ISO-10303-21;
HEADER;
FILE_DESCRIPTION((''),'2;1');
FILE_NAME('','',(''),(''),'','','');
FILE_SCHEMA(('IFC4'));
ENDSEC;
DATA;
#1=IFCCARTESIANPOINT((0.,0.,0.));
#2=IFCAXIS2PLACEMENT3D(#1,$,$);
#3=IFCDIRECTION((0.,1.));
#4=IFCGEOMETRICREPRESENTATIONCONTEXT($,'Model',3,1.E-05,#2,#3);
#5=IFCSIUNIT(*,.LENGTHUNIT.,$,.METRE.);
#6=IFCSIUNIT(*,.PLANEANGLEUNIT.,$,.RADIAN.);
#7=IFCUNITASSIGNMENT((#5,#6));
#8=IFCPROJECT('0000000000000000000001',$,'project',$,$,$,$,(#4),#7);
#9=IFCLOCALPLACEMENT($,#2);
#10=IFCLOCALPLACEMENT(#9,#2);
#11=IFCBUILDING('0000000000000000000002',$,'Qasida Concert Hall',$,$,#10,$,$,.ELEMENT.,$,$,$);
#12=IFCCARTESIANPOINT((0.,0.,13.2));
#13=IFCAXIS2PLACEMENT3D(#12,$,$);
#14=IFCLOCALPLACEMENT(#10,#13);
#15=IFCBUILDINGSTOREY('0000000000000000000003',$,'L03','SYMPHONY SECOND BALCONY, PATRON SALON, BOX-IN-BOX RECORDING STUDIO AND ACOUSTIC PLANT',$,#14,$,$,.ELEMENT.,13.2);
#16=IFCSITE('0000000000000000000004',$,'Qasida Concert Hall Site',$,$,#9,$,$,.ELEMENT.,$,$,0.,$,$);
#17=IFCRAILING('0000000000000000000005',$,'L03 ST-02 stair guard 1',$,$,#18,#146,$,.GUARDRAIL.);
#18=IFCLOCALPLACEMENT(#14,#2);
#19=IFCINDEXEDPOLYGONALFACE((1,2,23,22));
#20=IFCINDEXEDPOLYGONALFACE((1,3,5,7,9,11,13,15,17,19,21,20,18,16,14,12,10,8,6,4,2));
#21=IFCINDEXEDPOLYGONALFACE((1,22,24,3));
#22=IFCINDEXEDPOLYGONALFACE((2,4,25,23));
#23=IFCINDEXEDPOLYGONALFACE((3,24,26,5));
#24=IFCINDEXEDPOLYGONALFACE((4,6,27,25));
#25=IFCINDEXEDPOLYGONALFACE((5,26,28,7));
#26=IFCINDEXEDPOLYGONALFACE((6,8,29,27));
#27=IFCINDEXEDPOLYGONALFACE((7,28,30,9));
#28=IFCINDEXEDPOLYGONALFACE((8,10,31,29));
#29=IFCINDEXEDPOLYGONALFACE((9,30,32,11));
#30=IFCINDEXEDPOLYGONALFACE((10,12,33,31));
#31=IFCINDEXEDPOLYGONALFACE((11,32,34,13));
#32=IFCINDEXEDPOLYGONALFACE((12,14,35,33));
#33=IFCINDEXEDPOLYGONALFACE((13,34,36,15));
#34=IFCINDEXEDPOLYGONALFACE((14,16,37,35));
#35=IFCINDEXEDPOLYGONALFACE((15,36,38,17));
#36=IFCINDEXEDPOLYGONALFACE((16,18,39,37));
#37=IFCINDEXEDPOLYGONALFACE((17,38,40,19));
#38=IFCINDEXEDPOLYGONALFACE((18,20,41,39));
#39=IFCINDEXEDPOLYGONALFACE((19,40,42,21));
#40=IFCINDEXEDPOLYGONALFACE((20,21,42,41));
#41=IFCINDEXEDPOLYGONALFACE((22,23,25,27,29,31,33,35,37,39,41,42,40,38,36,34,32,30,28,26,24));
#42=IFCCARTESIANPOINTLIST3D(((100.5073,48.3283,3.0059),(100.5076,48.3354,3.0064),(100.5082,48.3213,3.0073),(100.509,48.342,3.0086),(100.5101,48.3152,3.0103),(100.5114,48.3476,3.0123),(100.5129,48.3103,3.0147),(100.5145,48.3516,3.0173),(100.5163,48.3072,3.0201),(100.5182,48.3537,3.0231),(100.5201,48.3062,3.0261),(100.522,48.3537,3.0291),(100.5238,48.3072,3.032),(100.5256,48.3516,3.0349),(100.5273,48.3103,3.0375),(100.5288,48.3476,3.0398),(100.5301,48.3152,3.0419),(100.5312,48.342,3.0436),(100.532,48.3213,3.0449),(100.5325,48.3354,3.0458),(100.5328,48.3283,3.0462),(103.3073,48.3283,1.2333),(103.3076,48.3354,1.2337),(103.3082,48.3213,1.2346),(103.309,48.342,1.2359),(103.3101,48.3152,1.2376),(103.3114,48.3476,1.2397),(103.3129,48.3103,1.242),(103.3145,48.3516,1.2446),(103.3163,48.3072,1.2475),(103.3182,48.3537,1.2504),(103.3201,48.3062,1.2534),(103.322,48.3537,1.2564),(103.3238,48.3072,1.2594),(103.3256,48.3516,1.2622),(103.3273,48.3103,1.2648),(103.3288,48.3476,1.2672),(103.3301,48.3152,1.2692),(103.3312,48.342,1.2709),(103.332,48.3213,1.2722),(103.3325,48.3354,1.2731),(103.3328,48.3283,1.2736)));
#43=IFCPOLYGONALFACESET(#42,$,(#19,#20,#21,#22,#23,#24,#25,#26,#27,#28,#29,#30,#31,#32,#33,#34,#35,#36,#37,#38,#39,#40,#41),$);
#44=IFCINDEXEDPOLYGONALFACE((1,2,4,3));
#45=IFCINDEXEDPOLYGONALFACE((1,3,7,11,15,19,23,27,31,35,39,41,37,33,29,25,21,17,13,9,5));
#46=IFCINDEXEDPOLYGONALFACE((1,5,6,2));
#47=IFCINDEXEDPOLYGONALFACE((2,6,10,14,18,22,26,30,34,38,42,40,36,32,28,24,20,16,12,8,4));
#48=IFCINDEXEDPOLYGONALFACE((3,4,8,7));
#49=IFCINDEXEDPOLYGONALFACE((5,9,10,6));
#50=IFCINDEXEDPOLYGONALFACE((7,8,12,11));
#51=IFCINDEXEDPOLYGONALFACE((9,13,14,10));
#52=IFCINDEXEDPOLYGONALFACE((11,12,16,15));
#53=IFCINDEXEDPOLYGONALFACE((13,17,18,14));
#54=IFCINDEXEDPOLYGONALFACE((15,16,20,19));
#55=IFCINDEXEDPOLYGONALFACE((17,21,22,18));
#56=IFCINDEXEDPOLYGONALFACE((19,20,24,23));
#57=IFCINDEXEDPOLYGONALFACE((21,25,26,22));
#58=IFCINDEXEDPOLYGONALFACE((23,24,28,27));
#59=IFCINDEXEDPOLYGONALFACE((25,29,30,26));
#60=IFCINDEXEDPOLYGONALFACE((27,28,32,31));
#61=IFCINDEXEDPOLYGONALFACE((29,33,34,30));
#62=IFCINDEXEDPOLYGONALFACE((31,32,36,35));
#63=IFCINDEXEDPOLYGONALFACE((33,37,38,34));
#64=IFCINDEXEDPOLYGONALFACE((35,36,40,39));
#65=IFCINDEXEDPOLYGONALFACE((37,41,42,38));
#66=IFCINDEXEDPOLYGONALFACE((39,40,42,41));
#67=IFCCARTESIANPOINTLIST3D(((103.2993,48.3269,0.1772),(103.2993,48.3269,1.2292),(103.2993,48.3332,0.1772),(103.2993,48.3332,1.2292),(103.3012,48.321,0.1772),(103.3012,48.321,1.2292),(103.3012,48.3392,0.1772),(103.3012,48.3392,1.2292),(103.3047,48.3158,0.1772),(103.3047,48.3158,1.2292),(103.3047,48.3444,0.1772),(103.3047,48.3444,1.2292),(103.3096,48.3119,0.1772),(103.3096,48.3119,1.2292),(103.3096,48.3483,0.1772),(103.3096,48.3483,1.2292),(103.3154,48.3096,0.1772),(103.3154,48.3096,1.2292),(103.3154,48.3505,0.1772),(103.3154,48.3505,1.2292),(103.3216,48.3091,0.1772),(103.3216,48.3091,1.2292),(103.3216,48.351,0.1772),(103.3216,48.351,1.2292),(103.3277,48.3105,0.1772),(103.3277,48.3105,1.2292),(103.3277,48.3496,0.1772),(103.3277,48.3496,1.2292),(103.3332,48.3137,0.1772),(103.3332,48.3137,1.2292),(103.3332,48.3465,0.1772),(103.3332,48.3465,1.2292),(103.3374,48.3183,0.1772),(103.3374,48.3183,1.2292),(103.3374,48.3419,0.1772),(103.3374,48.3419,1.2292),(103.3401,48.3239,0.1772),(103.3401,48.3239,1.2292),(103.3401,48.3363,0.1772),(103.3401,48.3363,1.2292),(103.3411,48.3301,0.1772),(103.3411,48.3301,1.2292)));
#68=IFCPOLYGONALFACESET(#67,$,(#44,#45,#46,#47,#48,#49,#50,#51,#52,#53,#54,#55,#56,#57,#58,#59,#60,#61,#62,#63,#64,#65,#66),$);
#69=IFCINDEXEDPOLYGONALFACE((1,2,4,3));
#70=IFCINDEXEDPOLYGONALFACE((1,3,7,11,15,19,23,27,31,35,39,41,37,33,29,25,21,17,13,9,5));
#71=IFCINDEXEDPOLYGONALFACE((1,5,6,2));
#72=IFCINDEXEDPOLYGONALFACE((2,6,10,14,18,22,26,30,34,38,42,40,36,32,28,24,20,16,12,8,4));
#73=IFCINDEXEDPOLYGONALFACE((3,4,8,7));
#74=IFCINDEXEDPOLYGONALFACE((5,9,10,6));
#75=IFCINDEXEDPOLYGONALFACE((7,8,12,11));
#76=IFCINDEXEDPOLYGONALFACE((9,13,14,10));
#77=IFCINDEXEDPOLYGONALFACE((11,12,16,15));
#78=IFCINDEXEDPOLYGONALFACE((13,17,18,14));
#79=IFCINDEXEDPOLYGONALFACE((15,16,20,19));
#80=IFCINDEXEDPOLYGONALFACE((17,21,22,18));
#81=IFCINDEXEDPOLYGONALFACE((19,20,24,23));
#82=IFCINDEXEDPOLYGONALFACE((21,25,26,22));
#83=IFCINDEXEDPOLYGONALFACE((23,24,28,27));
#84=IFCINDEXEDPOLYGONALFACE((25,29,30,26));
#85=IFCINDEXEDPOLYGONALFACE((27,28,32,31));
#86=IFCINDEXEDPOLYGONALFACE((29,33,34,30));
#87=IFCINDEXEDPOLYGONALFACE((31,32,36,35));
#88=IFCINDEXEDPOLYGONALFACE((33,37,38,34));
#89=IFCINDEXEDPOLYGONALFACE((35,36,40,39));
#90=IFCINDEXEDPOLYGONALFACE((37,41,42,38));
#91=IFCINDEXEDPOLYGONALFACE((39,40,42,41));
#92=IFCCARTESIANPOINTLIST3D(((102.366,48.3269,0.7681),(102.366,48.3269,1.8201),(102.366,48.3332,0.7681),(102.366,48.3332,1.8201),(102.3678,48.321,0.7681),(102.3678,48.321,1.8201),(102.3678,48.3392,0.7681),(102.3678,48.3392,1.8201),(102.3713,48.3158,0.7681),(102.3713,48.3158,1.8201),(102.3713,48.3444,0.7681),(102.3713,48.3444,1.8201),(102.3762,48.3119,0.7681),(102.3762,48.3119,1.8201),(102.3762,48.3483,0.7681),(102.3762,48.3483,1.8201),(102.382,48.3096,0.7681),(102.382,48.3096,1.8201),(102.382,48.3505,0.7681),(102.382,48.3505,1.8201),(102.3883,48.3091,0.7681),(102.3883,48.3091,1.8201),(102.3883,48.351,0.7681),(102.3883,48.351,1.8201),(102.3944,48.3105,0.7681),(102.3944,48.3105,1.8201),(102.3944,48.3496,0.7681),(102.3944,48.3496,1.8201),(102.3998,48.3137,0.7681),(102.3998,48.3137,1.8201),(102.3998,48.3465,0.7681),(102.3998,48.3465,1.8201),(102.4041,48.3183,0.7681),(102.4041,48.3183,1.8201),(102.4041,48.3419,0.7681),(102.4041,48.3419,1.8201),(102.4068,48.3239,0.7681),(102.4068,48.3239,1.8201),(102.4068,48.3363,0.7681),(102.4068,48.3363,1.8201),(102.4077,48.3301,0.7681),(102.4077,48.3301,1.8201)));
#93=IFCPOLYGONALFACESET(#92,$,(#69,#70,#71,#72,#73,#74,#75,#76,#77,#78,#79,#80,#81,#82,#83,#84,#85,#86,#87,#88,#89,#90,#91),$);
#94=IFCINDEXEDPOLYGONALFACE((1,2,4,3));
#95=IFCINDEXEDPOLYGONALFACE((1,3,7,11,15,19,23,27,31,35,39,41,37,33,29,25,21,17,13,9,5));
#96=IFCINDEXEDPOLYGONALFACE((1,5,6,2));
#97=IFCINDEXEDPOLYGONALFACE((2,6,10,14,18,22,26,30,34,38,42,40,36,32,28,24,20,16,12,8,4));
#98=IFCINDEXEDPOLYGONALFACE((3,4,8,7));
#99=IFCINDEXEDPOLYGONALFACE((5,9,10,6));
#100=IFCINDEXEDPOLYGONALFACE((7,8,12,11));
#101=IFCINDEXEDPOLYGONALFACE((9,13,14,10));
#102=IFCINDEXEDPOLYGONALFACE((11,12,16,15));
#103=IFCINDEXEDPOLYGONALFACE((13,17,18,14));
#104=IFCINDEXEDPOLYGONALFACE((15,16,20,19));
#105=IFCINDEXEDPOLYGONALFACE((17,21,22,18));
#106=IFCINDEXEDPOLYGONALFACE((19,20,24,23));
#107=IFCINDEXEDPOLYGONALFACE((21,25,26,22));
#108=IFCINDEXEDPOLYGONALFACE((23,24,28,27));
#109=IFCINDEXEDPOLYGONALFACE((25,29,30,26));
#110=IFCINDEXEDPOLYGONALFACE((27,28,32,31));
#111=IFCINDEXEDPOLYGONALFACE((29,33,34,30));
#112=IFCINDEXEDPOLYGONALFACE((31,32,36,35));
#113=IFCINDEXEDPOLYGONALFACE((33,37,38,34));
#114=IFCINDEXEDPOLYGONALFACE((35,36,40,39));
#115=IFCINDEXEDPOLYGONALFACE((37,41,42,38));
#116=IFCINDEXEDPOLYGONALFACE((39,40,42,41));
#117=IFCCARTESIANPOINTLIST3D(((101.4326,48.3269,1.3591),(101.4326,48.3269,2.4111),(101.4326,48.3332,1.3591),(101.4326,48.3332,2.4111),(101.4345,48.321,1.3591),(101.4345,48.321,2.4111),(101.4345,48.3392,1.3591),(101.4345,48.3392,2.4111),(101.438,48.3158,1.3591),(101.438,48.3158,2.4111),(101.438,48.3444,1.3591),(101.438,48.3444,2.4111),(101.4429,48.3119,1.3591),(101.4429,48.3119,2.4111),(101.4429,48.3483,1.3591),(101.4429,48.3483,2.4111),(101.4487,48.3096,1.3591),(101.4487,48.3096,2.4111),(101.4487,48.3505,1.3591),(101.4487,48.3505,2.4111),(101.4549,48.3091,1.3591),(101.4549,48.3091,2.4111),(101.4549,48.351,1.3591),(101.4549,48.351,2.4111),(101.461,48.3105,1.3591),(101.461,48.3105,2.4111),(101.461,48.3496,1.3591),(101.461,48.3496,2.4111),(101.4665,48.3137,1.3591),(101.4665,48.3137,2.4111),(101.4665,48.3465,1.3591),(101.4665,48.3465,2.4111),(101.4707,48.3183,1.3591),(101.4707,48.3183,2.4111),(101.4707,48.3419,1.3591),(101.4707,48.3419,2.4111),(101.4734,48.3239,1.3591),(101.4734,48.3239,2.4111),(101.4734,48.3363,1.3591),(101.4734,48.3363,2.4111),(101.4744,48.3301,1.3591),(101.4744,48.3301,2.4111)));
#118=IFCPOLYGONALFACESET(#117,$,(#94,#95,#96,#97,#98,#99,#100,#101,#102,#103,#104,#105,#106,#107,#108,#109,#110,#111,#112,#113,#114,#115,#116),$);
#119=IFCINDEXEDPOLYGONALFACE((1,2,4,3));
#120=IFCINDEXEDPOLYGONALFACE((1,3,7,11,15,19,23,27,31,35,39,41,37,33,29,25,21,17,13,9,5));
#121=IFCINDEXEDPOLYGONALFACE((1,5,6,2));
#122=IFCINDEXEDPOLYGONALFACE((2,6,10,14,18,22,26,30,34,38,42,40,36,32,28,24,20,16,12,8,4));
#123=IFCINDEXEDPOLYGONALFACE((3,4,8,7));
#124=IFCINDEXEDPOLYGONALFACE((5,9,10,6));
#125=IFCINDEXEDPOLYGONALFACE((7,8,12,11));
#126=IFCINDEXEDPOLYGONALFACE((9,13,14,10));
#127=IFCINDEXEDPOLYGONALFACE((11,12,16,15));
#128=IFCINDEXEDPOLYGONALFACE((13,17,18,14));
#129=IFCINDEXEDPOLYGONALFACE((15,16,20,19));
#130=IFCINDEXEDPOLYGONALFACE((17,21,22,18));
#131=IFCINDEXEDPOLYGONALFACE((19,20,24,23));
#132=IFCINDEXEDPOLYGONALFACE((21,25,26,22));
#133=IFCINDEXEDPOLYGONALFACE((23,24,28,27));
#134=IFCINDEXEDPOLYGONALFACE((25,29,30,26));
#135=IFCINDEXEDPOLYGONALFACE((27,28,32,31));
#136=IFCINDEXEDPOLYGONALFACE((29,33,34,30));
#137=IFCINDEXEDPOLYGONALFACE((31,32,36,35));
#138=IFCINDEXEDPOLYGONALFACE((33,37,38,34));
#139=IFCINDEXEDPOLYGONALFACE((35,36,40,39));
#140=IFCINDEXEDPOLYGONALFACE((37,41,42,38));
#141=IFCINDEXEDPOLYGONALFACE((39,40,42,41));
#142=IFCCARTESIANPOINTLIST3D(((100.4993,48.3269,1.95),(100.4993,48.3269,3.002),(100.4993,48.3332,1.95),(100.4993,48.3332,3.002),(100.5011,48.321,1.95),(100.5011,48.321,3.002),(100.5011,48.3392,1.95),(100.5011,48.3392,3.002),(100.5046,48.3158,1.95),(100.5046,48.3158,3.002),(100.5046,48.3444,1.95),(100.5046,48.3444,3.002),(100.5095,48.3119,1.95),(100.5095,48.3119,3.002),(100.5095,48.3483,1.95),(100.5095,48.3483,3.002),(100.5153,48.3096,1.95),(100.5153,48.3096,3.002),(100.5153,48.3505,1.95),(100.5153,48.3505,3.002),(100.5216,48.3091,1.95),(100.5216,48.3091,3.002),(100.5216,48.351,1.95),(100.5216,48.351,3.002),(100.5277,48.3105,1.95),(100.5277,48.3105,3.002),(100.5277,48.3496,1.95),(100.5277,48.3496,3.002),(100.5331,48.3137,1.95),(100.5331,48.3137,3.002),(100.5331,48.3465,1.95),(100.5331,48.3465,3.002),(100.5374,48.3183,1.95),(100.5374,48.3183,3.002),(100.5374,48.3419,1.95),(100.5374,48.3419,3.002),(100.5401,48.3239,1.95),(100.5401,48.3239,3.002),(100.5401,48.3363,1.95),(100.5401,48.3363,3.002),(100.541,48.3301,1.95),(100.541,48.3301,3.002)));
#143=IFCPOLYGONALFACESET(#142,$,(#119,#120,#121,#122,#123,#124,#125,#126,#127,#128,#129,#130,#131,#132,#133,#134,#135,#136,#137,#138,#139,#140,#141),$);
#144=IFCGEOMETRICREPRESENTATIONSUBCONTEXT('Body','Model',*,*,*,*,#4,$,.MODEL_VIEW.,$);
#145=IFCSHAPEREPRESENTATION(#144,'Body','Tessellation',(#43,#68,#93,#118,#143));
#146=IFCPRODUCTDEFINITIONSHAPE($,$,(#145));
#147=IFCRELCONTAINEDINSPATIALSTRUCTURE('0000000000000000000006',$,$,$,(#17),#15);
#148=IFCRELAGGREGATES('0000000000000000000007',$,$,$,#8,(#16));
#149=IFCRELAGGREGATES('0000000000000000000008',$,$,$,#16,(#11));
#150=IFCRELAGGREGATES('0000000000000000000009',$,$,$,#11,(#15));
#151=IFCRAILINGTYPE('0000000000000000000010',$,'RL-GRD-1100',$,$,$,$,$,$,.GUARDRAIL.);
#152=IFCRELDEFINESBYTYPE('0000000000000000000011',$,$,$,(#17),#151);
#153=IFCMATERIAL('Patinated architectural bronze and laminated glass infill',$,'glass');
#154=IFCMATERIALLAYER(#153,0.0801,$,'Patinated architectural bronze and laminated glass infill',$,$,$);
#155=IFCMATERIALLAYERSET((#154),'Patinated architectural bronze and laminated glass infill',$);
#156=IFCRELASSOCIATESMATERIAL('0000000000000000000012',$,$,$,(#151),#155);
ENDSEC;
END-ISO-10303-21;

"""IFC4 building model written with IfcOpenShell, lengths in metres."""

from ifc_helpers import new_model, si_unit, direction, frame, origin, origin_2d, place, context, subcontext, project, spatial, circle, extrude, material, layer, layer_set, type_object, element, save


model = new_model("IFC4")

# Units and contexts
model_context = context("Model", 3, precision=1e-05, world=origin(), true_north=direction((0.0, 1.0)))
body_context = subcontext(model_context, "Body", "Model", "MODEL_VIEW")
ifc_project = project(units=[si_unit("LENGTHUNIT", "METRE"), si_unit("PLANEANGLEUNIT", "RADIAN")], contexts=[model_context])

# Site, building, storey
site_placement = place(None, origin())
site = spatial("IfcSite", under=ifc_project, at=site_placement, Name="Qasida Concert Hall Site", CompositionType="ELEMENT", RefElevation=0.0)
building_placement = place(site_placement, origin())
building = spatial("IfcBuilding", under=site, at=building_placement, Name="Qasida Concert Hall", CompositionType="ELEMENT")
storey_placement = place(building_placement, frame((0.0, 0.0, 13.2)))
storey = spatial("IfcBuildingStorey", under=building, at=storey_placement, Name="L03", Description="SYMPHONY SECOND BALCONY, PATRON SALON, BOX-IN-BOX RECORDING STUDIO AND ACOUSTIC PLANT", CompositionType="ELEMENT", Elevation=13.2)

# Railing
ifc_material_1 = material(Name="Patinated architectural bronze and laminated glass infill", Category="glass")
ifc_layer_1 = layer(ifc_material_1, 0.0801, Name="Patinated architectural bronze and laminated glass infill")
ifc_layer_set_1 = layer_set([ifc_layer_1], Name="Patinated architectural bronze and laminated glass infill")
railing_type_1 = type_object("IfcRailingType", Name="RL-GRD-1100", PredefinedType="GUARDRAIL", material=ifc_layer_set_1)
railing_1_placement = place(storey_placement, frame((103.3201, 48.3301, 0.1772)))
element("IfcRailing", 1, at=railing_1_placement, inside=storey, type_object=railing_type_1, Name="L03 ST-02 stair guard 1", PredefinedType="GUARDRAIL", context=body_context, shape_type="SweptSolid", body=[
    extrude(circle(Radius=0.0239, at=origin_2d()), frame((0.0, 0.0, 1.0762), z_axis=(-0.844909, 0.0, 0.53491), x_axis=(0.0, -1.0, 0.0)), (0.0, 0.0, 1.0), 3.314),
    extrude(circle(Radius=0.021, at=origin_2d()), origin(), (0.0, 0.0, 1.0), 1.052),
    extrude(circle(Radius=0.021, at=origin_2d()), frame((-0.9333, 0.0, 0.5908)), (0.0, 0.0, 1.0), 1.052),
    extrude(circle(Radius=0.021, at=origin_2d()), frame((-1.8667, 0.0, 1.1819)), (0.0, 0.0, 1.0), 1.052),
    extrude(circle(Radius=0.021, at=origin_2d()), frame((-2.8, 0.0, 1.7727)), (0.0, 0.0, 1.0), 1.052),
])

save(model, "model.ifc")
